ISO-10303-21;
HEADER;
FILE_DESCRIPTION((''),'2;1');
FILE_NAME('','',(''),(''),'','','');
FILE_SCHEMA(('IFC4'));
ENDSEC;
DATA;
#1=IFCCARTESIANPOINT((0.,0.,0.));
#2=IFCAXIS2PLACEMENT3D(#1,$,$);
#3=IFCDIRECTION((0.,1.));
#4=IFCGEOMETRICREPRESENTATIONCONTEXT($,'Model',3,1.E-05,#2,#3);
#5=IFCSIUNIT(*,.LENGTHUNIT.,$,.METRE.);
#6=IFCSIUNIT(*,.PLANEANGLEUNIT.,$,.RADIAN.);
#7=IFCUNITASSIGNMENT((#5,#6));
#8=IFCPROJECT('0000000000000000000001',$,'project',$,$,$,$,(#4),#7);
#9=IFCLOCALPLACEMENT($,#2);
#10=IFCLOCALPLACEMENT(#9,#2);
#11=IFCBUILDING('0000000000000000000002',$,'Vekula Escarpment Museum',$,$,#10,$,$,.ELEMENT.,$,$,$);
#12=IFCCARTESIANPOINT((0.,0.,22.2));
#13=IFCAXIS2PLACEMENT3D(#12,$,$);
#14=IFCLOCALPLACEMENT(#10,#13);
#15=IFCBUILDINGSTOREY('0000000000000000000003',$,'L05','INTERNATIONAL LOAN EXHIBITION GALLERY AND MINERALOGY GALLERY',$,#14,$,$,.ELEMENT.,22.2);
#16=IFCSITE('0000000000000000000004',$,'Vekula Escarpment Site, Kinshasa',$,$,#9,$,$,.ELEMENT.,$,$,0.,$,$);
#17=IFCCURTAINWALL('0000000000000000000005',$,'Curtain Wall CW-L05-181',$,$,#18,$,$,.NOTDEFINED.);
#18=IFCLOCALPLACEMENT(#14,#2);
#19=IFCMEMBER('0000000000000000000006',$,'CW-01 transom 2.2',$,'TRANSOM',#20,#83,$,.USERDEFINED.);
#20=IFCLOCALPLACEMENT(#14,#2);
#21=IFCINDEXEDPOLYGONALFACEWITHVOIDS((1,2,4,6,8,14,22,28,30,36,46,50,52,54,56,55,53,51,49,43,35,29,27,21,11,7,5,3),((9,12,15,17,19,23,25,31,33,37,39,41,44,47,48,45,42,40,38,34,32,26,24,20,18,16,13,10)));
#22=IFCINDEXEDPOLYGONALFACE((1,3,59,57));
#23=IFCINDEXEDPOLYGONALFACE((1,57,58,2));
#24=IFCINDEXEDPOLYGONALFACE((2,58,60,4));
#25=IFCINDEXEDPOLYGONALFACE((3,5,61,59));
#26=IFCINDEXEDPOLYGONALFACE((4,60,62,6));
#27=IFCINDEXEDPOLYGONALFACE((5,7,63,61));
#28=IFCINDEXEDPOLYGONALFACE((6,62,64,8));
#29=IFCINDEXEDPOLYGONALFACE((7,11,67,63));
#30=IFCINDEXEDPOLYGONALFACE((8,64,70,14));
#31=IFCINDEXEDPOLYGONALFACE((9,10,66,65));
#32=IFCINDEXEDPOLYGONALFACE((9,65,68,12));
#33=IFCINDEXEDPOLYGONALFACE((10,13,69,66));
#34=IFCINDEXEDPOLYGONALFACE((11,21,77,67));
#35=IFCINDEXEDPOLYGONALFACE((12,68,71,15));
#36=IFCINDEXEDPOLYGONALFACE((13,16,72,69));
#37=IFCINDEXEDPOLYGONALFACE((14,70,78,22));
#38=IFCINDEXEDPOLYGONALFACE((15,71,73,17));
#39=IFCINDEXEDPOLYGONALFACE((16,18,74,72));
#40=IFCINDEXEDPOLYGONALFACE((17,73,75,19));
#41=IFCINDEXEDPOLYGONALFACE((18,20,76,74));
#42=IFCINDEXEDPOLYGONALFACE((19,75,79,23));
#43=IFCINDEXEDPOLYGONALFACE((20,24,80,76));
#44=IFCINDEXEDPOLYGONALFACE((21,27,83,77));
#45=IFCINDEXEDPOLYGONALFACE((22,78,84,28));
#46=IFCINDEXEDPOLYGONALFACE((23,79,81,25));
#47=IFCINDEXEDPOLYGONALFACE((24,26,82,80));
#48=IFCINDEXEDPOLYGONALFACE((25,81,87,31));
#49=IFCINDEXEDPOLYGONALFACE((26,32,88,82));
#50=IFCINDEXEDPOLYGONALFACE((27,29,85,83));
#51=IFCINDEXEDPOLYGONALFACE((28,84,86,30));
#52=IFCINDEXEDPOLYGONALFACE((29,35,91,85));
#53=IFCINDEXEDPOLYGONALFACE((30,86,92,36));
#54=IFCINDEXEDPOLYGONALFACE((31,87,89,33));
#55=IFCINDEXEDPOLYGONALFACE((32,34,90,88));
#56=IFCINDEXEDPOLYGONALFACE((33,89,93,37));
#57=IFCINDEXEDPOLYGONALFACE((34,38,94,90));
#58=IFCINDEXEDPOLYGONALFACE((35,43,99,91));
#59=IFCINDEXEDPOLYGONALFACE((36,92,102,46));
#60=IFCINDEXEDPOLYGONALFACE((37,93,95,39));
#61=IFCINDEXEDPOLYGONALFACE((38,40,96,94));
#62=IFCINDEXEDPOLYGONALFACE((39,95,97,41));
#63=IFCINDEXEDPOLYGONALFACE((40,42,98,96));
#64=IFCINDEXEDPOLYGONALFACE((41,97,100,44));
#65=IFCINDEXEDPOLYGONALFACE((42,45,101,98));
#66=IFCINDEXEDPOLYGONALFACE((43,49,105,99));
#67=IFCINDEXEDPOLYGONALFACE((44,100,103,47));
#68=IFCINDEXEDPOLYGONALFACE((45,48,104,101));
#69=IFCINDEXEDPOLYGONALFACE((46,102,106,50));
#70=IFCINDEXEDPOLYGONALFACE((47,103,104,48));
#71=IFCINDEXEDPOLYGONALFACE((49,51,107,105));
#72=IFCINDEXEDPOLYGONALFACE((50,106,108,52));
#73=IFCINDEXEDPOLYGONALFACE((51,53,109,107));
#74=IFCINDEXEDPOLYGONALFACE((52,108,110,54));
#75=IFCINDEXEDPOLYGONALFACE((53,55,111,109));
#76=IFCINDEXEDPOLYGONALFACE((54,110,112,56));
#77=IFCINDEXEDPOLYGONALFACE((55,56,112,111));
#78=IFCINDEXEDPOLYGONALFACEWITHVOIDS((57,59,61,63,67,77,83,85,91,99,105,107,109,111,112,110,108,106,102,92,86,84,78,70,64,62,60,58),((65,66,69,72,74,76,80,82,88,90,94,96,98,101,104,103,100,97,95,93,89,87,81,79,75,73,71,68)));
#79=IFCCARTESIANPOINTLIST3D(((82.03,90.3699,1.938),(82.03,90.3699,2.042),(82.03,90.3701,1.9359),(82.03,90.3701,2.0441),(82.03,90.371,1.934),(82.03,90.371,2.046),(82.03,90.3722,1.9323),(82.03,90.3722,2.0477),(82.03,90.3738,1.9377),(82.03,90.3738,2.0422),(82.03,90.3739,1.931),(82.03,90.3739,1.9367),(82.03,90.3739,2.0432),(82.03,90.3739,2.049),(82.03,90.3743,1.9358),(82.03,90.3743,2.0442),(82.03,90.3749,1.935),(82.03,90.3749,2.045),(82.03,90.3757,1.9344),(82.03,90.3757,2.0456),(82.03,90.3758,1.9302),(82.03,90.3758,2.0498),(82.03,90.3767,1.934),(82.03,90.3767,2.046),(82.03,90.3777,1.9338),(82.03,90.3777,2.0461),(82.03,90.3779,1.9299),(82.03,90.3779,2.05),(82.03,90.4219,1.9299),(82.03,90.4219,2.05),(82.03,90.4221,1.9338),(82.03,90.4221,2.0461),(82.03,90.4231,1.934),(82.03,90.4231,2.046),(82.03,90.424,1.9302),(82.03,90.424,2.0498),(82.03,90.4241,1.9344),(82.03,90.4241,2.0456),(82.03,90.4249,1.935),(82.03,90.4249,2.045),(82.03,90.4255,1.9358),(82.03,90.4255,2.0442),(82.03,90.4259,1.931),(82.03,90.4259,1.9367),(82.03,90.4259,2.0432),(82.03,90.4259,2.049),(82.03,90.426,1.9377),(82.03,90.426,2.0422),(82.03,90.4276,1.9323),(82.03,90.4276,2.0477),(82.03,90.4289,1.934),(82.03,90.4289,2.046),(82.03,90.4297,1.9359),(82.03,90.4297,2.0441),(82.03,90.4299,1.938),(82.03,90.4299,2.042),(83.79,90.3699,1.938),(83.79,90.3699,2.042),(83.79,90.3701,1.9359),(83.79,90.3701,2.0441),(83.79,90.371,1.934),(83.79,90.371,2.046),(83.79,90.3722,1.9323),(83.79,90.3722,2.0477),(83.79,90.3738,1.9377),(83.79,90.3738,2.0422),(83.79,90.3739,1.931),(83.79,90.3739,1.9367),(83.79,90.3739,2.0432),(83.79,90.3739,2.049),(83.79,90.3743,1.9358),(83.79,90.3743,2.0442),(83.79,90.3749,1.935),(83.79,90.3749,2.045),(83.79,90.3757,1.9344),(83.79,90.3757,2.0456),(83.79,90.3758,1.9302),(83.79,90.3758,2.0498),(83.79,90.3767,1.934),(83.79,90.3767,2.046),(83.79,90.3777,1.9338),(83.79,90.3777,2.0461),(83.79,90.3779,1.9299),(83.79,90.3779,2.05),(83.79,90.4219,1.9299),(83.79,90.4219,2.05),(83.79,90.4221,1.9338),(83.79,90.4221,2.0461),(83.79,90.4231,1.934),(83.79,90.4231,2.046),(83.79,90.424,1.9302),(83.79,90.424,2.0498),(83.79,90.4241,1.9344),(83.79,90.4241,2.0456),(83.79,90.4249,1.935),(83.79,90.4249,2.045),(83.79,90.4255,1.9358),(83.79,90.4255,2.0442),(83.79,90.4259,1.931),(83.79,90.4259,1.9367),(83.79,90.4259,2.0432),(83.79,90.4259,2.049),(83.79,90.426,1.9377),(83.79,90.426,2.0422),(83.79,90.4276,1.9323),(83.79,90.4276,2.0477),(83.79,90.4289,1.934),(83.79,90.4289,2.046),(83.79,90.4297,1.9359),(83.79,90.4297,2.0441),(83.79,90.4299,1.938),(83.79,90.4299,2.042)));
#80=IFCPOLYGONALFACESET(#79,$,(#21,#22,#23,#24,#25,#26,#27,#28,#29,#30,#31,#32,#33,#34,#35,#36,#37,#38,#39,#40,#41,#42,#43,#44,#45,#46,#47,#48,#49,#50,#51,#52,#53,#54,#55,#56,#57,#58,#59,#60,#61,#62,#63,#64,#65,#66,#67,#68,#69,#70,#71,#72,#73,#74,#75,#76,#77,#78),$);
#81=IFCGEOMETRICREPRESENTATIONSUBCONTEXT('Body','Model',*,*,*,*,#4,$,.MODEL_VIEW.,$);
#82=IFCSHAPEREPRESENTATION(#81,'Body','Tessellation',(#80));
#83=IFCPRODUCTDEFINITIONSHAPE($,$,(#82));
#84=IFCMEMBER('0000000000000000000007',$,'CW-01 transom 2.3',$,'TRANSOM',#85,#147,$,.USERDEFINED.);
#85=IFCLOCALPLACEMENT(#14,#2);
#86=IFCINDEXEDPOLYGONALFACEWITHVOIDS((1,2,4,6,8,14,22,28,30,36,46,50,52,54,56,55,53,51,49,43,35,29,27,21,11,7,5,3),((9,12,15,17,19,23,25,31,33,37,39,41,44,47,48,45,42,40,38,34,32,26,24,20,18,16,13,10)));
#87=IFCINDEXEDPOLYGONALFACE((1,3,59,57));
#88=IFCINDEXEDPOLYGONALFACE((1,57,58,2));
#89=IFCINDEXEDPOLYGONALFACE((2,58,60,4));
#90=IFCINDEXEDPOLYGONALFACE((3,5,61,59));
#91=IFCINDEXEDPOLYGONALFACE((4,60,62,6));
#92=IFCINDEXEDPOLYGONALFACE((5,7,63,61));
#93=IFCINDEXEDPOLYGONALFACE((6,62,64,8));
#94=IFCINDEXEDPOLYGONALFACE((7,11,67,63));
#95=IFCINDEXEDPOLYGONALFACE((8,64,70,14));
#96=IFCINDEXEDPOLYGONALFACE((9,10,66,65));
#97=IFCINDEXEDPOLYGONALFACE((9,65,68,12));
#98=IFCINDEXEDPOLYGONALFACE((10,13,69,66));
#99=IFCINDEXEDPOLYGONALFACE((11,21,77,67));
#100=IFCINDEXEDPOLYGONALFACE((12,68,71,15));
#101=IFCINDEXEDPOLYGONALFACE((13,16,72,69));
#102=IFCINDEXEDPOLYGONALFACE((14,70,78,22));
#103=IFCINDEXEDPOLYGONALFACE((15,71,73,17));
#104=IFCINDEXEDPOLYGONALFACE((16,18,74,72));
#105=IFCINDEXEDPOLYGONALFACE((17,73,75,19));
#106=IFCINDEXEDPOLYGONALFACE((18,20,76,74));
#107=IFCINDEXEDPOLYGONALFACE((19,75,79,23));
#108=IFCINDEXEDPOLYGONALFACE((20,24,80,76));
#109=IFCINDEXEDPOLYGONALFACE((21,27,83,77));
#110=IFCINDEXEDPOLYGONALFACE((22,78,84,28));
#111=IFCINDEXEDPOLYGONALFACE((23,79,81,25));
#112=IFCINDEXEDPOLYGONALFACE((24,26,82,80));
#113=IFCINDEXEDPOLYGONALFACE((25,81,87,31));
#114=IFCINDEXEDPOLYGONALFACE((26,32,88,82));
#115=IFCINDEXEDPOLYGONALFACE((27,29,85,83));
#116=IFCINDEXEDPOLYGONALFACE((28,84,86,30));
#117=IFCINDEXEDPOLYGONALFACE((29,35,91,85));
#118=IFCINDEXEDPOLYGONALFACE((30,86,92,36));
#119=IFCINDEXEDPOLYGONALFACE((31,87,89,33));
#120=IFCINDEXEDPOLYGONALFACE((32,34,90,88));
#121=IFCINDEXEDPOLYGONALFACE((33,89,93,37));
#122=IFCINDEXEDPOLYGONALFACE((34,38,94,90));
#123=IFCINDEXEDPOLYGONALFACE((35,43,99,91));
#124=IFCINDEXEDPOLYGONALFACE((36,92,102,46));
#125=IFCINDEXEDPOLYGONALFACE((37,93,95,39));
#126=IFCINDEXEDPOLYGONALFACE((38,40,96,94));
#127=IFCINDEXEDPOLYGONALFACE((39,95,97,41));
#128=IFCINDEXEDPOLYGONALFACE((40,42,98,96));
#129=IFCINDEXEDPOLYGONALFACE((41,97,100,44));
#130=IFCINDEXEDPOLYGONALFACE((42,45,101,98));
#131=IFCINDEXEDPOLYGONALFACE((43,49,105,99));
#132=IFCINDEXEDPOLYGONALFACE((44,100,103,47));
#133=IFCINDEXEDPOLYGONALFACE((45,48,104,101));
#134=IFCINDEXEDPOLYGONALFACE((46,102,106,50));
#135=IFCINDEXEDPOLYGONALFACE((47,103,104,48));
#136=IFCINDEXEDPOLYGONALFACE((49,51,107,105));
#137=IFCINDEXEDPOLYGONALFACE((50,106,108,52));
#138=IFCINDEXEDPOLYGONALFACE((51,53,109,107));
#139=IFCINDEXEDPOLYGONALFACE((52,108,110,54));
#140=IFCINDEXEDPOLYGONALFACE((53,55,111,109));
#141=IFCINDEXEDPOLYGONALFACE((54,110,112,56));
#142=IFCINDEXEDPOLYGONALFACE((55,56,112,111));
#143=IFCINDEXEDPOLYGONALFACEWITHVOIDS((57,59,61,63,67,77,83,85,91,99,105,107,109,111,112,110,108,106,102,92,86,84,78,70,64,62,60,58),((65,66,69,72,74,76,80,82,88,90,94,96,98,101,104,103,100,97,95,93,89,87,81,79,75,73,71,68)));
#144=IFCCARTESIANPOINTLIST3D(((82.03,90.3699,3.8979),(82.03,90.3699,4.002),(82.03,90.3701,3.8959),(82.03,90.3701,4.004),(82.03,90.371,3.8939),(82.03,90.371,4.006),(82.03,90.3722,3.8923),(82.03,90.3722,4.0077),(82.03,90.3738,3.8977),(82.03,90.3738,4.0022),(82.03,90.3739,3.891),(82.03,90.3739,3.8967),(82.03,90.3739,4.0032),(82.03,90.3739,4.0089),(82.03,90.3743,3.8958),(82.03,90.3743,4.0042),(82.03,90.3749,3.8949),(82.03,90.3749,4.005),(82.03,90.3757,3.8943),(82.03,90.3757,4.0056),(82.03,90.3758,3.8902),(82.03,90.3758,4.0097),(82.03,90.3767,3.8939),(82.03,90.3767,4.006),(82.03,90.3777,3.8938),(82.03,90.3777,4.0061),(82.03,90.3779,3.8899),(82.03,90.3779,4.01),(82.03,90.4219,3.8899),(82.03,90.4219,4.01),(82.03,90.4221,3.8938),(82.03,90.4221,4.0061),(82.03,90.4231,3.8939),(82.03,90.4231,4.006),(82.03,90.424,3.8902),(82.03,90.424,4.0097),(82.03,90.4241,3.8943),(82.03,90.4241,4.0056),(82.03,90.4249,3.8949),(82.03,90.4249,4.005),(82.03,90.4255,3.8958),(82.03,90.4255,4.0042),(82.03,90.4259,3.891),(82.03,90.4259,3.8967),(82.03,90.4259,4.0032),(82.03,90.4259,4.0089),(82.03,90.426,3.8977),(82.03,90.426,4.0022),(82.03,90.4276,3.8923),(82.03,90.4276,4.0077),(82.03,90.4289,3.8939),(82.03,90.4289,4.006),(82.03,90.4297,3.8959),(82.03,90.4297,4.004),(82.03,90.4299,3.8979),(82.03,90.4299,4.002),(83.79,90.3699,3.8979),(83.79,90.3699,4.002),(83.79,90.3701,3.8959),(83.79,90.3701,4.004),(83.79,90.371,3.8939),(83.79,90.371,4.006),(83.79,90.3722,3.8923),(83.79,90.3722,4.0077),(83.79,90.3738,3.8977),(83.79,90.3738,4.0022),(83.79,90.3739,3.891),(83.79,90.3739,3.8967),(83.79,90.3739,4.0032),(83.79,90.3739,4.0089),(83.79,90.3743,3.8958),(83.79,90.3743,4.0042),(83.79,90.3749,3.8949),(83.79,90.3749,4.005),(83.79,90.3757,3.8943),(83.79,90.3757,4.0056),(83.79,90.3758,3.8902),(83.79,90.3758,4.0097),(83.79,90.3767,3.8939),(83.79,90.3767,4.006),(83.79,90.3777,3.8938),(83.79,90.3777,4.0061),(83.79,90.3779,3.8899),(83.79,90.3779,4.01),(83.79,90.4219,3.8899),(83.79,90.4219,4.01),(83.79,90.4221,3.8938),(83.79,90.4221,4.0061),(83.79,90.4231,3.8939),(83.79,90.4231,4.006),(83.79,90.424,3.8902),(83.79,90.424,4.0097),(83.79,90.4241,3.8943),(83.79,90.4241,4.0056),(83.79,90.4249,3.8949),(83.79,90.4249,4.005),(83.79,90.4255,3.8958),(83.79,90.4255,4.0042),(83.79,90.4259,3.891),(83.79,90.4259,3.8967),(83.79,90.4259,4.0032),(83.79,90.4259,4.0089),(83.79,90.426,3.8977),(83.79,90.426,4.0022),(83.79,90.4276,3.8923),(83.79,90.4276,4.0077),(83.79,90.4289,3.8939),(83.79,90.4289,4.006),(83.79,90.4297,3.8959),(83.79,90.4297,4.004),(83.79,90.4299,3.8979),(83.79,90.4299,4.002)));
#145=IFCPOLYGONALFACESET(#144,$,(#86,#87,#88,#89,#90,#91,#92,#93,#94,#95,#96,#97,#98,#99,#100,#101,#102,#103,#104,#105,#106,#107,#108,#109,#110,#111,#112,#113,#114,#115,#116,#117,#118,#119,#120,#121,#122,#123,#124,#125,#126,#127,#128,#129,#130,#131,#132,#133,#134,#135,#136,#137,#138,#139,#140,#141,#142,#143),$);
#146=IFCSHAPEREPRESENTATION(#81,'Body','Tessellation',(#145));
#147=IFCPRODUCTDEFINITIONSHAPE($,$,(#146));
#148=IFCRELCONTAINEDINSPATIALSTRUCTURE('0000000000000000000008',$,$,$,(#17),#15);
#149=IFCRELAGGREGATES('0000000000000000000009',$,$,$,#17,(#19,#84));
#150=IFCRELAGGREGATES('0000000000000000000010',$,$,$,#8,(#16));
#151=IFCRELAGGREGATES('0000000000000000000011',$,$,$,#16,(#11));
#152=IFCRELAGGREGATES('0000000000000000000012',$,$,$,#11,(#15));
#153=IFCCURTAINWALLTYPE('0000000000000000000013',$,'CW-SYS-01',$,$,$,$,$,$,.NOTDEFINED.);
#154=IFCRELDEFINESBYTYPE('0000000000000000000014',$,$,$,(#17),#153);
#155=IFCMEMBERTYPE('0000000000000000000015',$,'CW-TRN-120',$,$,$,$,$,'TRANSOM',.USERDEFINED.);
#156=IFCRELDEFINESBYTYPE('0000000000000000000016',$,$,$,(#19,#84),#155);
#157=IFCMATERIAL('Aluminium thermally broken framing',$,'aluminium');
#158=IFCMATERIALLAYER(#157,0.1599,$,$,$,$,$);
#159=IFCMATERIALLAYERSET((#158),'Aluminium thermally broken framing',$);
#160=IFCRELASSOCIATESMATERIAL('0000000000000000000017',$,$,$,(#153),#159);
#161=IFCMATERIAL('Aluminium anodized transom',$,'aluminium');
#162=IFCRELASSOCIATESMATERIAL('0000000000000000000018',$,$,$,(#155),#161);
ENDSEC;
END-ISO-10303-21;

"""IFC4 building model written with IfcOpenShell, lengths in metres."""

from ifc_helpers import new_model, si_unit, direction, frame, origin, origin_2d, place, context, subcontext, project, spatial, hollow_rectangle, extrude, material, layer, layer_set, material_profile, profile_set, type_object, element, aggregate, save


model = new_model("IFC4")

# Units and contexts
model_context = context("Model", 3, precision=1e-05, world=origin(), true_north=direction((0.0, 1.0)))
body_context = subcontext(model_context, "Body", "Model", "MODEL_VIEW")
ifc_project = project(units=[si_unit("LENGTHUNIT", "METRE"), si_unit("PLANEANGLEUNIT", "RADIAN")], contexts=[model_context])

# Site, building, storey
site_placement = place(None, origin())
site = spatial("IfcSite", under=ifc_project, at=site_placement, Name="Vekula Escarpment Site, Kinshasa", CompositionType="ELEMENT", RefElevation=0.0)
building_placement = place(site_placement, origin())
building = spatial("IfcBuilding", under=site, at=building_placement, Name="Vekula Escarpment Museum", CompositionType="ELEMENT")
storey_placement = place(building_placement, frame((0.0, 0.0, 22.2)))
storey = spatial("IfcBuildingStorey", under=building, at=storey_placement, Name="L05", Description="INTERNATIONAL LOAN EXHIBITION GALLERY AND MINERALOGY GALLERY", CompositionType="ELEMENT", Elevation=22.2)

# Curtain wall, members
ifc_material_1 = material(Name="Aluminium thermally broken framing", Category="aluminium")
ifc_layer_1 = layer(ifc_material_1, 0.1599)
ifc_layer_set_1 = layer_set([ifc_layer_1], Name="Aluminium thermally broken framing")
curtain_wall_type = type_object("IfcCurtainWallType", Name="CW-SYS-01", PredefinedType="NOTDEFINED", material=ifc_layer_set_1)
curtain_wall_placement = place(storey_placement, origin())
curtain_wall = element("IfcCurtainWall", 1, at=curtain_wall_placement, inside=storey, type_object=curtain_wall_type, Name="Curtain Wall CW-L05-181", PredefinedType="NOTDEFINED")
ifc_material_2 = material(Name="Aluminium anodized transom", Category="aluminium")
ifc_material_profile_1 = material_profile(ifc_material_2, hollow_rectangle(XDim=0.0601, YDim=0.1201, WallThickness=0.0039, InnerFilletRadius=0.0039, OuterFilletRadius=0.0081, at=origin_2d()), Name="ALU 120x60x4")
ifc_profile_set_1 = profile_set([ifc_material_profile_1], Name="Aluminium anodized transom")
member_type_1 = type_object("IfcMemberType", Name="CW-TRN-120", ElementType="TRANSOM", PredefinedType="USERDEFINED", material=ifc_profile_set_1)
member_1_placement = place(storey_placement, frame((83.79, 90.3999, 1.99), z_axis=(-1.0, 0.0, 0.0), x_axis=(0.0, -1.0, 0.0)))
member_1 = element("IfcMember", 2, at=member_1_placement, type_object=member_type_1, Name="CW-01 transom 2.2", ObjectType="TRANSOM", PredefinedType="USERDEFINED", context=body_context, shape_type="SweptSolid", body=[
    extrude(hollow_rectangle(XDim=0.0601, YDim=0.1201, WallThickness=0.0039, InnerFilletRadius=0.0039, OuterFilletRadius=0.0081, at=origin_2d()), origin(), (0.0, 0.0, 1.0), 1.76),
])
member_2_placement = place(storey_placement, frame((83.79, 90.3999, 3.95), z_axis=(-1.0, 0.0, 0.0), x_axis=(0.0, -1.0, 0.0)))
member_2 = element("IfcMember", 3, at=member_2_placement, type_object=member_type_1, Name="CW-01 transom 2.3", ObjectType="TRANSOM", PredefinedType="USERDEFINED", context=body_context, shape_type="SweptSolid", body=[
    extrude(hollow_rectangle(XDim=0.0601, YDim=0.1201, WallThickness=0.0039, InnerFilletRadius=0.0039, OuterFilletRadius=0.0081, at=origin_2d()), origin(), (0.0, 0.0, 1.0), 1.76),
])

aggregate(curtain_wall, [member_1, member_2])

save(model, "model.ifc")
